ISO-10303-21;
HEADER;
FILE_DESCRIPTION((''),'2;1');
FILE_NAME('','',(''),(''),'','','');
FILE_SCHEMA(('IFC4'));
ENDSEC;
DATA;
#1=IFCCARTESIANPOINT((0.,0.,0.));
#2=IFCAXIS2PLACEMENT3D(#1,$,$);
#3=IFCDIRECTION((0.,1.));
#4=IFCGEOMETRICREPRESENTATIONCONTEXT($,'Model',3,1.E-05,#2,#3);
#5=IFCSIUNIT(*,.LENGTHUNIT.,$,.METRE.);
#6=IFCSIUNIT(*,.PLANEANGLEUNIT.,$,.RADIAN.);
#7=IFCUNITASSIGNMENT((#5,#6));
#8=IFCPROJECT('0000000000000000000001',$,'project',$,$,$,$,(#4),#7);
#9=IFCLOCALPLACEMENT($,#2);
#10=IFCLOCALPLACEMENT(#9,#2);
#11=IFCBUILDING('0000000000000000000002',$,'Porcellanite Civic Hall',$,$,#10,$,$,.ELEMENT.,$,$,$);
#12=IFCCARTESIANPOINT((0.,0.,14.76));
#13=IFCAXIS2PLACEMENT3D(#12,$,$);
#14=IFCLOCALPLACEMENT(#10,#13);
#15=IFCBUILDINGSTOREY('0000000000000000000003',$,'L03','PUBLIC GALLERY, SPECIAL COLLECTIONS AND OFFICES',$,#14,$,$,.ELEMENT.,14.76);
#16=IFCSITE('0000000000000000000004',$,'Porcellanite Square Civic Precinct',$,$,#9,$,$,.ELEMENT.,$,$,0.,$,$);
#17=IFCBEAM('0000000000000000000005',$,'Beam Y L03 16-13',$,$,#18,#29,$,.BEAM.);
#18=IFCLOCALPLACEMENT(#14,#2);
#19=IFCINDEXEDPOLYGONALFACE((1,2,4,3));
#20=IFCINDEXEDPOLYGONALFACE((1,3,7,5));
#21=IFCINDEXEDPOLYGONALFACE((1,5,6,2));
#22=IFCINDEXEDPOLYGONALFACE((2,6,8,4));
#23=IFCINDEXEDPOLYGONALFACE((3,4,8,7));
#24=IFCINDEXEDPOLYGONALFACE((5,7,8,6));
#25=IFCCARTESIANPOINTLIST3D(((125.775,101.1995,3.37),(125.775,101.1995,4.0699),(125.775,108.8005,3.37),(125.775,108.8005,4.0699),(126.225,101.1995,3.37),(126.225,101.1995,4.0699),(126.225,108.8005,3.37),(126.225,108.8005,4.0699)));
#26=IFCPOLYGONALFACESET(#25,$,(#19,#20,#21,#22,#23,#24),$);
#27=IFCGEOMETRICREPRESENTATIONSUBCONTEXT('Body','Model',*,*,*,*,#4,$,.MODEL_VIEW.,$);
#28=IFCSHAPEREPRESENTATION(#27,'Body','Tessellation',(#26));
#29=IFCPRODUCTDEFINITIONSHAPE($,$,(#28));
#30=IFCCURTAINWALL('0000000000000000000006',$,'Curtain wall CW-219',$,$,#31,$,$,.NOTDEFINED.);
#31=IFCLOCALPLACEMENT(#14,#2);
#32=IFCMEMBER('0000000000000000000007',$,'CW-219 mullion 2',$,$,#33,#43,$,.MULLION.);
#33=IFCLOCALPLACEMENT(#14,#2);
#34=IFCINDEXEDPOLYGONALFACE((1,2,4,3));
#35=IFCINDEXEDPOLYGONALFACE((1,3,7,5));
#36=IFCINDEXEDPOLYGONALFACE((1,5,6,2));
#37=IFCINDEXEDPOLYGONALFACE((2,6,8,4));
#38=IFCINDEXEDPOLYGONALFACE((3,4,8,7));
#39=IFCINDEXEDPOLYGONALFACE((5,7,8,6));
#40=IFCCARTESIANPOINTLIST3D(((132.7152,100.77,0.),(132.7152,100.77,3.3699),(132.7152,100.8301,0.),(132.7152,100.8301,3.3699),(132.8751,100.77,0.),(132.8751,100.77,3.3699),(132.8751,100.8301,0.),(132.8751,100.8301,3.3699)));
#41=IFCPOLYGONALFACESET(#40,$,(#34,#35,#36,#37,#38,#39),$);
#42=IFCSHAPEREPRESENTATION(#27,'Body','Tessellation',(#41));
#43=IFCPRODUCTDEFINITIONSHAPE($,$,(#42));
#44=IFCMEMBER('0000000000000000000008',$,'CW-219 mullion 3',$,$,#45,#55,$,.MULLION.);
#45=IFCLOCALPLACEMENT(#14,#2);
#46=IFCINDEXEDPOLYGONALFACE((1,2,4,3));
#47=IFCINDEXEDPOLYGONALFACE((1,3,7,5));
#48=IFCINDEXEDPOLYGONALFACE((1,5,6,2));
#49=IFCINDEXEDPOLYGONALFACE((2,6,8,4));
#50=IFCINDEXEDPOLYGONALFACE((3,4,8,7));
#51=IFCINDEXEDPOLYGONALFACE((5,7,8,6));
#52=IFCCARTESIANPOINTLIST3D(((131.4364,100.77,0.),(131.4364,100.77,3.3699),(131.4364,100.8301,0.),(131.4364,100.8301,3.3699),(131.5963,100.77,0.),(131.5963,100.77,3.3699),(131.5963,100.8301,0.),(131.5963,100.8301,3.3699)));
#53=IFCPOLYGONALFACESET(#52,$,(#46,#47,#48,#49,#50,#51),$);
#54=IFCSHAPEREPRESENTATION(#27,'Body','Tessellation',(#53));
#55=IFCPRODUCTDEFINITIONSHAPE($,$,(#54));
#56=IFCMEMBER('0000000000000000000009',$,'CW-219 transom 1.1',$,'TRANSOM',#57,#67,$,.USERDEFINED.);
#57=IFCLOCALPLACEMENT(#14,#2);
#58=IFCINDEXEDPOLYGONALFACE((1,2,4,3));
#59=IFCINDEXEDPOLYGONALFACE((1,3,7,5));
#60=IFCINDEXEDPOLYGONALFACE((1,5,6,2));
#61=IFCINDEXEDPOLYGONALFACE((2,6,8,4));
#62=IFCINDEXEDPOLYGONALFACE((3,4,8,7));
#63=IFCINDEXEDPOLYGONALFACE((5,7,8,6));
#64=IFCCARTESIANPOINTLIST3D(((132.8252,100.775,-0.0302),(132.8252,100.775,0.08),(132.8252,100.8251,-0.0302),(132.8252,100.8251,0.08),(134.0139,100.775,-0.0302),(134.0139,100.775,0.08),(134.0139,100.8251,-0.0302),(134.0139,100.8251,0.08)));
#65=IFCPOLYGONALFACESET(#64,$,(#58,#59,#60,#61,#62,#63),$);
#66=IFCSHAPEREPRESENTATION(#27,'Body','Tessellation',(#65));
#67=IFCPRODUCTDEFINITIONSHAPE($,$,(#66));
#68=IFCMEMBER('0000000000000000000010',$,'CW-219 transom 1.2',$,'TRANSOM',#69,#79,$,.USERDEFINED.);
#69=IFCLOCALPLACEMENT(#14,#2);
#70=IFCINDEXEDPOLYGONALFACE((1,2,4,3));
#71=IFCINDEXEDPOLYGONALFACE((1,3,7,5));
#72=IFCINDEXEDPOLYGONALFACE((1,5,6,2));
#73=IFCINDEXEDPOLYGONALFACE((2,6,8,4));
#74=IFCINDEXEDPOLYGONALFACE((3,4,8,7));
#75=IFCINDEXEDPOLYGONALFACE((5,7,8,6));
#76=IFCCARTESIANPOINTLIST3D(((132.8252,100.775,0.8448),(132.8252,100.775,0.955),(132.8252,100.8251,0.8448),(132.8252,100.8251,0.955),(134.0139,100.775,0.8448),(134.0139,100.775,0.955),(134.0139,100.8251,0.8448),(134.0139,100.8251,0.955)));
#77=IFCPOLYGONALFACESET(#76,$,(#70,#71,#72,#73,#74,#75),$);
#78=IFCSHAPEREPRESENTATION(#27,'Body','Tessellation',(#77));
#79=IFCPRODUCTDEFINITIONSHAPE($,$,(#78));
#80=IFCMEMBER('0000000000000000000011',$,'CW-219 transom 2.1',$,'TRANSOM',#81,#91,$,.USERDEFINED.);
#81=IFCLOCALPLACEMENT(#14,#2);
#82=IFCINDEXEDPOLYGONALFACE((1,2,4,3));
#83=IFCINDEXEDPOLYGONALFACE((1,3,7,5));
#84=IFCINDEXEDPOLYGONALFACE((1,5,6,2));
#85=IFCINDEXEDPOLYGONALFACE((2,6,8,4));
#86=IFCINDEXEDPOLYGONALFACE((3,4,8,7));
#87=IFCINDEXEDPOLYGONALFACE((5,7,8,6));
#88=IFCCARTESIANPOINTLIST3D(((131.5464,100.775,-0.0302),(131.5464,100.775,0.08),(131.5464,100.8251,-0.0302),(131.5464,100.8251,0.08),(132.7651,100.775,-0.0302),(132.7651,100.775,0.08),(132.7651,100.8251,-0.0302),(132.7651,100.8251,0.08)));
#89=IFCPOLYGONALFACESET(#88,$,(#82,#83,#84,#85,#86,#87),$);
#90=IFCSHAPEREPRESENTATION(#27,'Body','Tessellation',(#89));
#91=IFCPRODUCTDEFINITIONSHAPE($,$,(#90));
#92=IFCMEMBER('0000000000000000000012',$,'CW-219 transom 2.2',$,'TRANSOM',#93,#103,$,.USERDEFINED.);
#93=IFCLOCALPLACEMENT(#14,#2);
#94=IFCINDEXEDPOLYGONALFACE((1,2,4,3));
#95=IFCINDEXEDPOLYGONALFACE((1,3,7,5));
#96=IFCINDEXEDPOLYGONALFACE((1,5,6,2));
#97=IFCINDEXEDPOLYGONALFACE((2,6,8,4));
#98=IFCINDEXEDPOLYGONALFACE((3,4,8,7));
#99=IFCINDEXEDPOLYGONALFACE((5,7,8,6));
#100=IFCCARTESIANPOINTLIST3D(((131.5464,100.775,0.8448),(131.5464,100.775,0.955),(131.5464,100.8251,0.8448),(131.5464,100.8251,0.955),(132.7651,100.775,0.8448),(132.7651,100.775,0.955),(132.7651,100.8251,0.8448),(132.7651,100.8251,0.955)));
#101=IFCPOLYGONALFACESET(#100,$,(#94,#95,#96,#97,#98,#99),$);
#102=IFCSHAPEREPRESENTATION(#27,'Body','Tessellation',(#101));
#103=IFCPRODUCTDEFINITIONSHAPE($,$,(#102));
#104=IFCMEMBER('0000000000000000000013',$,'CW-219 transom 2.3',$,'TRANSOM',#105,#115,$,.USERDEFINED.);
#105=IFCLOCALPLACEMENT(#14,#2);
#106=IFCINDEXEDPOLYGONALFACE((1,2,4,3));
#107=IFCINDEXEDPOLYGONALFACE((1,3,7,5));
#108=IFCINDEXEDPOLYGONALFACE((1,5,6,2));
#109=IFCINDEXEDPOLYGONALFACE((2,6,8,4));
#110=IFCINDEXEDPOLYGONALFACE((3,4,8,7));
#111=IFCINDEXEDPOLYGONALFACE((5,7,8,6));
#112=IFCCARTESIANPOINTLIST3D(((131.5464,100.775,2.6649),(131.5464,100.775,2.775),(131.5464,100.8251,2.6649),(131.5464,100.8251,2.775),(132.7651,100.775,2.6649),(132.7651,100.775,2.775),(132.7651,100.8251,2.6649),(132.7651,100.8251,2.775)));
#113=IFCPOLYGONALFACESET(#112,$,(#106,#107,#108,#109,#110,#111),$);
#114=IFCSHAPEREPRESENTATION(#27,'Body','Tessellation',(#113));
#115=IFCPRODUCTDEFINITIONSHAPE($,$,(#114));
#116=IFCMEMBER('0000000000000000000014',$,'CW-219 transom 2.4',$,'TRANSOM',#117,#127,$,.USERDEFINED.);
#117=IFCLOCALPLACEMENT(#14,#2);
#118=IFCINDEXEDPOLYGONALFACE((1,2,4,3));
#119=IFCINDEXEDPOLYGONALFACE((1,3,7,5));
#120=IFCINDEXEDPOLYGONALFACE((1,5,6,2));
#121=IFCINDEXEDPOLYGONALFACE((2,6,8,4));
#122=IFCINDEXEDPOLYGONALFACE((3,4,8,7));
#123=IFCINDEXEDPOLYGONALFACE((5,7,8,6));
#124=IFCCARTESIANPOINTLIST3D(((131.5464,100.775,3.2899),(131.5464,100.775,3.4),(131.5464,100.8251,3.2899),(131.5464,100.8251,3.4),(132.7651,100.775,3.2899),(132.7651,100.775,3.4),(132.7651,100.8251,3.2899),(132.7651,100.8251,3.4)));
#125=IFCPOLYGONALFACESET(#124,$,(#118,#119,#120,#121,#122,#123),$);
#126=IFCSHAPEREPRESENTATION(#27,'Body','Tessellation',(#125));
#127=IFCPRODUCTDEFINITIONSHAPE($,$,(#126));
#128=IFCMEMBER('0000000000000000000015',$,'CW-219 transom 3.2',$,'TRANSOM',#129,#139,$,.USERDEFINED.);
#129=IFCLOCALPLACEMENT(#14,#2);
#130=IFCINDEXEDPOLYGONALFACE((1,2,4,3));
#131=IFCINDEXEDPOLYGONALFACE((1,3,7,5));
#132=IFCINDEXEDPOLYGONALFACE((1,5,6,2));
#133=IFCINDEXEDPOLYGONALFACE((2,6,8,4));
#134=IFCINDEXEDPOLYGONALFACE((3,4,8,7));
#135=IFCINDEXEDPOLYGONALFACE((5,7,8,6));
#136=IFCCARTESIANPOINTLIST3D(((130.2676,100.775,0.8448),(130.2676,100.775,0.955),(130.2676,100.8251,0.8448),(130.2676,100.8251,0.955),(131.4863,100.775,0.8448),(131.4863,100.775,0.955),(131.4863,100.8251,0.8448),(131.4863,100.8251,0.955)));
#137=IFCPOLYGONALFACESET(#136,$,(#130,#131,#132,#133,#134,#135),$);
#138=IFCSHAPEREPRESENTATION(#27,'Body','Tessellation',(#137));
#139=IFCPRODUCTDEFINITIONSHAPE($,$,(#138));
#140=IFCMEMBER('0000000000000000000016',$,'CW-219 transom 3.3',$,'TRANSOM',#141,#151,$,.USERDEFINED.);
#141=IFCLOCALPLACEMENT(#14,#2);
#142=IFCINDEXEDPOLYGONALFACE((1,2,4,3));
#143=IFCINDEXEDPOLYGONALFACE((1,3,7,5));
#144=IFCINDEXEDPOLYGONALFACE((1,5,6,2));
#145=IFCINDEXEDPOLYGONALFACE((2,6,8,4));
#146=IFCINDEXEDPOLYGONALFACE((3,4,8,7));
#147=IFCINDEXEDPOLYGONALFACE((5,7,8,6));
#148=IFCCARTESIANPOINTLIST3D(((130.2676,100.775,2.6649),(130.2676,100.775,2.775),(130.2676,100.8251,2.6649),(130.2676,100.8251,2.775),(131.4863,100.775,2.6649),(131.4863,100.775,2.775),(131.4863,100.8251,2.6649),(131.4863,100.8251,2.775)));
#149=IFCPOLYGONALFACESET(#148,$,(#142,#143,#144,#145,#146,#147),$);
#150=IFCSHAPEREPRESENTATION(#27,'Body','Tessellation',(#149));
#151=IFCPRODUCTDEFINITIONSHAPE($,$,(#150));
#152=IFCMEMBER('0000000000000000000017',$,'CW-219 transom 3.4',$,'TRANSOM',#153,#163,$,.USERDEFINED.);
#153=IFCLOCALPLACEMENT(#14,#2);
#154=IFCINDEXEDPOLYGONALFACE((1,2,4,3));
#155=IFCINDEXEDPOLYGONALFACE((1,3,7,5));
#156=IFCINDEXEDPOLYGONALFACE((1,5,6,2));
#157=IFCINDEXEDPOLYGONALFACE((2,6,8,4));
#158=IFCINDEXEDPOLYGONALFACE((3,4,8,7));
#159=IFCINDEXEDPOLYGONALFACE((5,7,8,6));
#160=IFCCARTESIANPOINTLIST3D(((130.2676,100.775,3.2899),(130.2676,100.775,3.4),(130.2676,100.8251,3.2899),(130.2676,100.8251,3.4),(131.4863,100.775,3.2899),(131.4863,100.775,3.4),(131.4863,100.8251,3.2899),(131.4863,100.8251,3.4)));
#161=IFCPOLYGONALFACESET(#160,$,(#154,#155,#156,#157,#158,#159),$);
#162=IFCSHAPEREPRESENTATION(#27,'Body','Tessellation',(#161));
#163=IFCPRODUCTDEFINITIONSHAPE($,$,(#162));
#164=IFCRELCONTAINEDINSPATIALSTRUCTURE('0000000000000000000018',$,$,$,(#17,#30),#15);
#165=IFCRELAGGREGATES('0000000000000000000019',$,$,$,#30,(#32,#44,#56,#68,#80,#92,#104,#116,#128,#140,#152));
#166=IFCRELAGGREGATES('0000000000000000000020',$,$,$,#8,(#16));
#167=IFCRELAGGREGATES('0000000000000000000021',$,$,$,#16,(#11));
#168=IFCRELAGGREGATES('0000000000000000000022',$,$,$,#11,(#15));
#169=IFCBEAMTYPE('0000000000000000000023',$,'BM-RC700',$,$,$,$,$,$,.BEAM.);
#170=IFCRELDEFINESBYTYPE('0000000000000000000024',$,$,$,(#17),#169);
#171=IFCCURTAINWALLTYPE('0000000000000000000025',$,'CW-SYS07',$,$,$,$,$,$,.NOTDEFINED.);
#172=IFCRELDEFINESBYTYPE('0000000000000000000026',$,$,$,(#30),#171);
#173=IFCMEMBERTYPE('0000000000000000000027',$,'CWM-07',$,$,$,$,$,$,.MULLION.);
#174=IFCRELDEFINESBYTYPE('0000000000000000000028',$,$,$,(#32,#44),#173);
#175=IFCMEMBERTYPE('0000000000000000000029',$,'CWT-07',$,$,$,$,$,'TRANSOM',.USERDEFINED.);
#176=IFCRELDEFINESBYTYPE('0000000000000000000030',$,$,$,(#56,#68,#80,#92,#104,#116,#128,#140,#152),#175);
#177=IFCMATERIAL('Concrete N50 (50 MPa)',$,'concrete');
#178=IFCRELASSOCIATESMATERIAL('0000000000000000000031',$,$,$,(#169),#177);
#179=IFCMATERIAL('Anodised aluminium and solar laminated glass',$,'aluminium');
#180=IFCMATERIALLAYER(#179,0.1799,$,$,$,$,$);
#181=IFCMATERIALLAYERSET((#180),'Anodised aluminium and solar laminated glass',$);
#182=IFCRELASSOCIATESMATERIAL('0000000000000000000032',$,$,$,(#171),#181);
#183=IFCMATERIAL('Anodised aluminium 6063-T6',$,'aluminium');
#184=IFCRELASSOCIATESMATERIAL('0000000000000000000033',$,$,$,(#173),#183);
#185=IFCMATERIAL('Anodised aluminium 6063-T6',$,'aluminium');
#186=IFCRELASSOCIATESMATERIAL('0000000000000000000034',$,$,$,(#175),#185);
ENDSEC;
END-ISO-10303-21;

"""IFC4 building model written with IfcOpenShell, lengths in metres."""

from ifc_helpers import new_model, si_unit, direction, frame, origin, origin_2d, place, context, subcontext, project, spatial, rectangle, extrude, material, layer, layer_set, material_profile, profile_set, type_object, element, aggregate, save


model = new_model("IFC4")

# Units and contexts
model_context = context("Model", 3, precision=1e-05, world=origin(), true_north=direction((0.0, 1.0)))
body_context = subcontext(model_context, "Body", "Model", "MODEL_VIEW")
ifc_project = project(units=[si_unit("LENGTHUNIT", "METRE"), si_unit("PLANEANGLEUNIT", "RADIAN")], contexts=[model_context])

# Site, building, storey
site_placement = place(None, origin())
site = spatial("IfcSite", under=ifc_project, at=site_placement, Name="Porcellanite Square Civic Precinct", CompositionType="ELEMENT", RefElevation=0.0)
building_placement = place(site_placement, origin())
building = spatial("IfcBuilding", under=site, at=building_placement, Name="Porcellanite Civic Hall", CompositionType="ELEMENT")
storey_placement = place(building_placement, frame((0.0, 0.0, 14.76)))
storey = spatial("IfcBuildingStorey", under=building, at=storey_placement, Name="L03", Description="PUBLIC GALLERY, SPECIAL COLLECTIONS AND OFFICES", CompositionType="ELEMENT", Elevation=14.76)

# Beam
ifc_material_1 = material(Name="Concrete N50 (50 MPa)", Category="concrete")
ifc_material_profile_1 = material_profile(ifc_material_1, rectangle(XDim=0.45, YDim=0.7, at=origin_2d()), Name="RC-450x700")
ifc_profile_set_1 = profile_set([ifc_material_profile_1], Name="Concrete N50 (50 MPa)")
beam_type_1 = type_object("IfcBeamType", Name="BM-RC700", PredefinedType="BEAM", material=ifc_profile_set_1)
beam_1_placement = place(storey_placement, frame((126.0, 101.1995, 3.72), z_axis=(0.0, 1.0, 0.0), x_axis=(-1.0, 0.0, 0.0)))
element("IfcBeam", 1, at=beam_1_placement, inside=storey, type_object=beam_type_1, Name="Beam Y L03 16-13", PredefinedType="BEAM", context=body_context, shape_type="SweptSolid", body=[
    extrude(rectangle(XDim=0.45, YDim=0.7, at=origin_2d()), origin(), (0.0, 0.0, 1.0), 7.6011),
])

# Curtain wall, members
ifc_material_2 = material(Name="Anodised aluminium and solar laminated glass", Category="aluminium")
ifc_layer_1 = layer(ifc_material_2, 0.1799)
ifc_layer_set_1 = layer_set([ifc_layer_1], Name="Anodised aluminium and solar laminated glass")
curtain_wall_type = type_object("IfcCurtainWallType", Name="CW-SYS07", PredefinedType="NOTDEFINED", material=ifc_layer_set_1)
curtain_wall_placement = place(storey_placement, origin())
curtain_wall = element("IfcCurtainWall", 2, at=curtain_wall_placement, inside=storey, type_object=curtain_wall_type, Name="Curtain wall CW-219", PredefinedType="NOTDEFINED")
ifc_material_3 = material(Name="Anodised aluminium 6063-T6", Category="aluminium")
ifc_material_profile_2 = material_profile(ifc_material_3, rectangle(XDim=0.0601, YDim=0.1599, at=origin_2d()), Name="AL-60x160")
ifc_profile_set_2 = profile_set([ifc_material_profile_2], Name="Anodised aluminium 6063-T6")
member_type_1 = type_object("IfcMemberType", Name="CWM-07", PredefinedType="MULLION", material=ifc_profile_set_2)
member_1_placement = place(storey_placement, frame((132.7952, 100.8, 0.0), z_axis=(0.0, 0.0, 1.0), x_axis=(0.0, -1.0, 0.0)))
member_1 = element("IfcMember", 3, at=member_1_placement, type_object=member_type_1, Name="CW-219 mullion 2", PredefinedType="MULLION", context=body_context, shape_type="SweptSolid", body=[
    extrude(rectangle(XDim=0.0601, YDim=0.1599, at=origin_2d()), origin(), (0.0, 0.0, 1.0), 3.3699),
])
member_2_placement = place(storey_placement, frame((131.5164, 100.8, 0.0), z_axis=(0.0, 0.0, 1.0), x_axis=(0.0, -1.0, 0.0)))
member_2 = element("IfcMember", 4, at=member_2_placement, type_object=member_type_1, Name="CW-219 mullion 3", PredefinedType="MULLION", context=body_context, shape_type="SweptSolid", body=[
    extrude(rectangle(XDim=0.0601, YDim=0.1599, at=origin_2d()), origin(), (0.0, 0.0, 1.0), 3.3699),
])
ifc_material_4 = material(Name="Anodised aluminium 6063-T6", Category="aluminium")
ifc_material_profile_3 = material_profile(ifc_material_4, rectangle(XDim=0.05, YDim=0.1101, at=origin_2d()), Name="AL-50x110")
ifc_profile_set_3 = profile_set([ifc_material_profile_3], Name="Anodised aluminium 6063-T6")
member_type_2 = type_object("IfcMemberType", Name="CWT-07", ElementType="TRANSOM", PredefinedType="USERDEFINED", material=ifc_profile_set_3)
member_3_placement = place(storey_placement, frame((134.0139, 100.8, 0.0249), z_axis=(-1.0, 0.0, 0.0), x_axis=(0.0, -1.0, 0.0)))
member_3 = element("IfcMember", 5, at=member_3_placement, type_object=member_type_2, Name="CW-219 transom 1.1", ObjectType="TRANSOM", PredefinedType="USERDEFINED", context=body_context, shape_type="SweptSolid", body=[
    extrude(rectangle(XDim=0.05, YDim=0.1101, at=origin_2d()), origin(), (0.0, 0.0, 1.0), 1.1887),
])
member_4_placement = place(storey_placement, frame((134.0139, 100.8, 0.8999), z_axis=(-1.0, 0.0, 0.0), x_axis=(0.0, -1.0, 0.0)))
member_4 = element("IfcMember", 6, at=member_4_placement, type_object=member_type_2, Name="CW-219 transom 1.2", ObjectType="TRANSOM", PredefinedType="USERDEFINED", context=body_context, shape_type="SweptSolid", body=[
    extrude(rectangle(XDim=0.05, YDim=0.1101, at=origin_2d()), origin(), (0.0, 0.0, 1.0), 1.1887),
])
member_5_placement = place(storey_placement, frame((132.7651, 100.8, 0.0249), z_axis=(-1.0, 0.0, 0.0), x_axis=(0.0, -1.0, 0.0)))
member_5 = element("IfcMember", 7, at=member_5_placement, type_object=member_type_2, Name="CW-219 transom 2.1", ObjectType="TRANSOM", PredefinedType="USERDEFINED", context=body_context, shape_type="SweptSolid", body=[
    extrude(rectangle(XDim=0.05, YDim=0.1101, at=origin_2d()), origin(), (0.0, 0.0, 1.0), 1.2188),
])
member_6_placement = place(storey_placement, frame((132.7651, 100.8, 0.8999), z_axis=(-1.0, 0.0, 0.0), x_axis=(0.0, -1.0, 0.0)))
member_6 = element("IfcMember", 8, at=member_6_placement, type_object=member_type_2, Name="CW-219 transom 2.2", ObjectType="TRANSOM", PredefinedType="USERDEFINED", context=body_context, shape_type="SweptSolid", body=[
    extrude(rectangle(XDim=0.05, YDim=0.1101, at=origin_2d()), origin(), (0.0, 0.0, 1.0), 1.2188),
])
member_7_placement = place(storey_placement, frame((132.7651, 100.8, 2.72), z_axis=(-1.0, 0.0, 0.0), x_axis=(0.0, -1.0, 0.0)))
member_7 = element("IfcMember", 9, at=member_7_placement, type_object=member_type_2, Name="CW-219 transom 2.3", ObjectType="TRANSOM", PredefinedType="USERDEFINED", context=body_context, shape_type="SweptSolid", body=[
    extrude(rectangle(XDim=0.05, YDim=0.1101, at=origin_2d()), origin(), (0.0, 0.0, 1.0), 1.2188),
])
member_8_placement = place(storey_placement, frame((132.7651, 100.8, 3.345), z_axis=(-1.0, 0.0, 0.0), x_axis=(0.0, -1.0, 0.0)))
member_8 = element("IfcMember", 10, at=member_8_placement, type_object=member_type_2, Name="CW-219 transom 2.4", ObjectType="TRANSOM", PredefinedType="USERDEFINED", context=body_context, shape_type="SweptSolid", body=[
    extrude(rectangle(XDim=0.05, YDim=0.1101, at=origin_2d()), origin(), (0.0, 0.0, 1.0), 1.2188),
])
member_9_placement = place(storey_placement, frame((131.4863, 100.8, 0.8999), z_axis=(-1.0, 0.0, 0.0), x_axis=(0.0, -1.0, 0.0)))
member_9 = element("IfcMember", 11, at=member_9_placement, type_object=member_type_2, Name="CW-219 transom 3.2", ObjectType="TRANSOM", PredefinedType="USERDEFINED", context=body_context, shape_type="SweptSolid", body=[
    extrude(rectangle(XDim=0.05, YDim=0.1101, at=origin_2d()), origin(), (0.0, 0.0, 1.0), 1.2188),
])
member_10_placement = place(storey_placement, frame((131.4863, 100.8, 2.72), z_axis=(-1.0, 0.0, 0.0), x_axis=(0.0, -1.0, 0.0)))
member_10 = element("IfcMember", 12, at=member_10_placement, type_object=member_type_2, Name="CW-219 transom 3.3", ObjectType="TRANSOM", PredefinedType="USERDEFINED", context=body_context, shape_type="SweptSolid", body=[
    extrude(rectangle(XDim=0.05, YDim=0.1101, at=origin_2d()), origin(), (0.0, 0.0, 1.0), 1.2188),
])
member_11_placement = place(storey_placement, frame((131.4863, 100.8, 3.345), z_axis=(-1.0, 0.0, 0.0), x_axis=(0.0, -1.0, 0.0)))
member_11 = element("IfcMember", 13, at=member_11_placement, type_object=member_type_2, Name="CW-219 transom 3.4", ObjectType="TRANSOM", PredefinedType="USERDEFINED", context=body_context, shape_type="SweptSolid", body=[
    extrude(rectangle(XDim=0.05, YDim=0.1101, at=origin_2d()), origin(), (0.0, 0.0, 1.0), 1.2188),
])

aggregate(curtain_wall, [member_1, member_2, member_3, member_4, member_5, member_6, member_7, member_8, member_9, member_10, member_11])

save(model, "model.ifc")
